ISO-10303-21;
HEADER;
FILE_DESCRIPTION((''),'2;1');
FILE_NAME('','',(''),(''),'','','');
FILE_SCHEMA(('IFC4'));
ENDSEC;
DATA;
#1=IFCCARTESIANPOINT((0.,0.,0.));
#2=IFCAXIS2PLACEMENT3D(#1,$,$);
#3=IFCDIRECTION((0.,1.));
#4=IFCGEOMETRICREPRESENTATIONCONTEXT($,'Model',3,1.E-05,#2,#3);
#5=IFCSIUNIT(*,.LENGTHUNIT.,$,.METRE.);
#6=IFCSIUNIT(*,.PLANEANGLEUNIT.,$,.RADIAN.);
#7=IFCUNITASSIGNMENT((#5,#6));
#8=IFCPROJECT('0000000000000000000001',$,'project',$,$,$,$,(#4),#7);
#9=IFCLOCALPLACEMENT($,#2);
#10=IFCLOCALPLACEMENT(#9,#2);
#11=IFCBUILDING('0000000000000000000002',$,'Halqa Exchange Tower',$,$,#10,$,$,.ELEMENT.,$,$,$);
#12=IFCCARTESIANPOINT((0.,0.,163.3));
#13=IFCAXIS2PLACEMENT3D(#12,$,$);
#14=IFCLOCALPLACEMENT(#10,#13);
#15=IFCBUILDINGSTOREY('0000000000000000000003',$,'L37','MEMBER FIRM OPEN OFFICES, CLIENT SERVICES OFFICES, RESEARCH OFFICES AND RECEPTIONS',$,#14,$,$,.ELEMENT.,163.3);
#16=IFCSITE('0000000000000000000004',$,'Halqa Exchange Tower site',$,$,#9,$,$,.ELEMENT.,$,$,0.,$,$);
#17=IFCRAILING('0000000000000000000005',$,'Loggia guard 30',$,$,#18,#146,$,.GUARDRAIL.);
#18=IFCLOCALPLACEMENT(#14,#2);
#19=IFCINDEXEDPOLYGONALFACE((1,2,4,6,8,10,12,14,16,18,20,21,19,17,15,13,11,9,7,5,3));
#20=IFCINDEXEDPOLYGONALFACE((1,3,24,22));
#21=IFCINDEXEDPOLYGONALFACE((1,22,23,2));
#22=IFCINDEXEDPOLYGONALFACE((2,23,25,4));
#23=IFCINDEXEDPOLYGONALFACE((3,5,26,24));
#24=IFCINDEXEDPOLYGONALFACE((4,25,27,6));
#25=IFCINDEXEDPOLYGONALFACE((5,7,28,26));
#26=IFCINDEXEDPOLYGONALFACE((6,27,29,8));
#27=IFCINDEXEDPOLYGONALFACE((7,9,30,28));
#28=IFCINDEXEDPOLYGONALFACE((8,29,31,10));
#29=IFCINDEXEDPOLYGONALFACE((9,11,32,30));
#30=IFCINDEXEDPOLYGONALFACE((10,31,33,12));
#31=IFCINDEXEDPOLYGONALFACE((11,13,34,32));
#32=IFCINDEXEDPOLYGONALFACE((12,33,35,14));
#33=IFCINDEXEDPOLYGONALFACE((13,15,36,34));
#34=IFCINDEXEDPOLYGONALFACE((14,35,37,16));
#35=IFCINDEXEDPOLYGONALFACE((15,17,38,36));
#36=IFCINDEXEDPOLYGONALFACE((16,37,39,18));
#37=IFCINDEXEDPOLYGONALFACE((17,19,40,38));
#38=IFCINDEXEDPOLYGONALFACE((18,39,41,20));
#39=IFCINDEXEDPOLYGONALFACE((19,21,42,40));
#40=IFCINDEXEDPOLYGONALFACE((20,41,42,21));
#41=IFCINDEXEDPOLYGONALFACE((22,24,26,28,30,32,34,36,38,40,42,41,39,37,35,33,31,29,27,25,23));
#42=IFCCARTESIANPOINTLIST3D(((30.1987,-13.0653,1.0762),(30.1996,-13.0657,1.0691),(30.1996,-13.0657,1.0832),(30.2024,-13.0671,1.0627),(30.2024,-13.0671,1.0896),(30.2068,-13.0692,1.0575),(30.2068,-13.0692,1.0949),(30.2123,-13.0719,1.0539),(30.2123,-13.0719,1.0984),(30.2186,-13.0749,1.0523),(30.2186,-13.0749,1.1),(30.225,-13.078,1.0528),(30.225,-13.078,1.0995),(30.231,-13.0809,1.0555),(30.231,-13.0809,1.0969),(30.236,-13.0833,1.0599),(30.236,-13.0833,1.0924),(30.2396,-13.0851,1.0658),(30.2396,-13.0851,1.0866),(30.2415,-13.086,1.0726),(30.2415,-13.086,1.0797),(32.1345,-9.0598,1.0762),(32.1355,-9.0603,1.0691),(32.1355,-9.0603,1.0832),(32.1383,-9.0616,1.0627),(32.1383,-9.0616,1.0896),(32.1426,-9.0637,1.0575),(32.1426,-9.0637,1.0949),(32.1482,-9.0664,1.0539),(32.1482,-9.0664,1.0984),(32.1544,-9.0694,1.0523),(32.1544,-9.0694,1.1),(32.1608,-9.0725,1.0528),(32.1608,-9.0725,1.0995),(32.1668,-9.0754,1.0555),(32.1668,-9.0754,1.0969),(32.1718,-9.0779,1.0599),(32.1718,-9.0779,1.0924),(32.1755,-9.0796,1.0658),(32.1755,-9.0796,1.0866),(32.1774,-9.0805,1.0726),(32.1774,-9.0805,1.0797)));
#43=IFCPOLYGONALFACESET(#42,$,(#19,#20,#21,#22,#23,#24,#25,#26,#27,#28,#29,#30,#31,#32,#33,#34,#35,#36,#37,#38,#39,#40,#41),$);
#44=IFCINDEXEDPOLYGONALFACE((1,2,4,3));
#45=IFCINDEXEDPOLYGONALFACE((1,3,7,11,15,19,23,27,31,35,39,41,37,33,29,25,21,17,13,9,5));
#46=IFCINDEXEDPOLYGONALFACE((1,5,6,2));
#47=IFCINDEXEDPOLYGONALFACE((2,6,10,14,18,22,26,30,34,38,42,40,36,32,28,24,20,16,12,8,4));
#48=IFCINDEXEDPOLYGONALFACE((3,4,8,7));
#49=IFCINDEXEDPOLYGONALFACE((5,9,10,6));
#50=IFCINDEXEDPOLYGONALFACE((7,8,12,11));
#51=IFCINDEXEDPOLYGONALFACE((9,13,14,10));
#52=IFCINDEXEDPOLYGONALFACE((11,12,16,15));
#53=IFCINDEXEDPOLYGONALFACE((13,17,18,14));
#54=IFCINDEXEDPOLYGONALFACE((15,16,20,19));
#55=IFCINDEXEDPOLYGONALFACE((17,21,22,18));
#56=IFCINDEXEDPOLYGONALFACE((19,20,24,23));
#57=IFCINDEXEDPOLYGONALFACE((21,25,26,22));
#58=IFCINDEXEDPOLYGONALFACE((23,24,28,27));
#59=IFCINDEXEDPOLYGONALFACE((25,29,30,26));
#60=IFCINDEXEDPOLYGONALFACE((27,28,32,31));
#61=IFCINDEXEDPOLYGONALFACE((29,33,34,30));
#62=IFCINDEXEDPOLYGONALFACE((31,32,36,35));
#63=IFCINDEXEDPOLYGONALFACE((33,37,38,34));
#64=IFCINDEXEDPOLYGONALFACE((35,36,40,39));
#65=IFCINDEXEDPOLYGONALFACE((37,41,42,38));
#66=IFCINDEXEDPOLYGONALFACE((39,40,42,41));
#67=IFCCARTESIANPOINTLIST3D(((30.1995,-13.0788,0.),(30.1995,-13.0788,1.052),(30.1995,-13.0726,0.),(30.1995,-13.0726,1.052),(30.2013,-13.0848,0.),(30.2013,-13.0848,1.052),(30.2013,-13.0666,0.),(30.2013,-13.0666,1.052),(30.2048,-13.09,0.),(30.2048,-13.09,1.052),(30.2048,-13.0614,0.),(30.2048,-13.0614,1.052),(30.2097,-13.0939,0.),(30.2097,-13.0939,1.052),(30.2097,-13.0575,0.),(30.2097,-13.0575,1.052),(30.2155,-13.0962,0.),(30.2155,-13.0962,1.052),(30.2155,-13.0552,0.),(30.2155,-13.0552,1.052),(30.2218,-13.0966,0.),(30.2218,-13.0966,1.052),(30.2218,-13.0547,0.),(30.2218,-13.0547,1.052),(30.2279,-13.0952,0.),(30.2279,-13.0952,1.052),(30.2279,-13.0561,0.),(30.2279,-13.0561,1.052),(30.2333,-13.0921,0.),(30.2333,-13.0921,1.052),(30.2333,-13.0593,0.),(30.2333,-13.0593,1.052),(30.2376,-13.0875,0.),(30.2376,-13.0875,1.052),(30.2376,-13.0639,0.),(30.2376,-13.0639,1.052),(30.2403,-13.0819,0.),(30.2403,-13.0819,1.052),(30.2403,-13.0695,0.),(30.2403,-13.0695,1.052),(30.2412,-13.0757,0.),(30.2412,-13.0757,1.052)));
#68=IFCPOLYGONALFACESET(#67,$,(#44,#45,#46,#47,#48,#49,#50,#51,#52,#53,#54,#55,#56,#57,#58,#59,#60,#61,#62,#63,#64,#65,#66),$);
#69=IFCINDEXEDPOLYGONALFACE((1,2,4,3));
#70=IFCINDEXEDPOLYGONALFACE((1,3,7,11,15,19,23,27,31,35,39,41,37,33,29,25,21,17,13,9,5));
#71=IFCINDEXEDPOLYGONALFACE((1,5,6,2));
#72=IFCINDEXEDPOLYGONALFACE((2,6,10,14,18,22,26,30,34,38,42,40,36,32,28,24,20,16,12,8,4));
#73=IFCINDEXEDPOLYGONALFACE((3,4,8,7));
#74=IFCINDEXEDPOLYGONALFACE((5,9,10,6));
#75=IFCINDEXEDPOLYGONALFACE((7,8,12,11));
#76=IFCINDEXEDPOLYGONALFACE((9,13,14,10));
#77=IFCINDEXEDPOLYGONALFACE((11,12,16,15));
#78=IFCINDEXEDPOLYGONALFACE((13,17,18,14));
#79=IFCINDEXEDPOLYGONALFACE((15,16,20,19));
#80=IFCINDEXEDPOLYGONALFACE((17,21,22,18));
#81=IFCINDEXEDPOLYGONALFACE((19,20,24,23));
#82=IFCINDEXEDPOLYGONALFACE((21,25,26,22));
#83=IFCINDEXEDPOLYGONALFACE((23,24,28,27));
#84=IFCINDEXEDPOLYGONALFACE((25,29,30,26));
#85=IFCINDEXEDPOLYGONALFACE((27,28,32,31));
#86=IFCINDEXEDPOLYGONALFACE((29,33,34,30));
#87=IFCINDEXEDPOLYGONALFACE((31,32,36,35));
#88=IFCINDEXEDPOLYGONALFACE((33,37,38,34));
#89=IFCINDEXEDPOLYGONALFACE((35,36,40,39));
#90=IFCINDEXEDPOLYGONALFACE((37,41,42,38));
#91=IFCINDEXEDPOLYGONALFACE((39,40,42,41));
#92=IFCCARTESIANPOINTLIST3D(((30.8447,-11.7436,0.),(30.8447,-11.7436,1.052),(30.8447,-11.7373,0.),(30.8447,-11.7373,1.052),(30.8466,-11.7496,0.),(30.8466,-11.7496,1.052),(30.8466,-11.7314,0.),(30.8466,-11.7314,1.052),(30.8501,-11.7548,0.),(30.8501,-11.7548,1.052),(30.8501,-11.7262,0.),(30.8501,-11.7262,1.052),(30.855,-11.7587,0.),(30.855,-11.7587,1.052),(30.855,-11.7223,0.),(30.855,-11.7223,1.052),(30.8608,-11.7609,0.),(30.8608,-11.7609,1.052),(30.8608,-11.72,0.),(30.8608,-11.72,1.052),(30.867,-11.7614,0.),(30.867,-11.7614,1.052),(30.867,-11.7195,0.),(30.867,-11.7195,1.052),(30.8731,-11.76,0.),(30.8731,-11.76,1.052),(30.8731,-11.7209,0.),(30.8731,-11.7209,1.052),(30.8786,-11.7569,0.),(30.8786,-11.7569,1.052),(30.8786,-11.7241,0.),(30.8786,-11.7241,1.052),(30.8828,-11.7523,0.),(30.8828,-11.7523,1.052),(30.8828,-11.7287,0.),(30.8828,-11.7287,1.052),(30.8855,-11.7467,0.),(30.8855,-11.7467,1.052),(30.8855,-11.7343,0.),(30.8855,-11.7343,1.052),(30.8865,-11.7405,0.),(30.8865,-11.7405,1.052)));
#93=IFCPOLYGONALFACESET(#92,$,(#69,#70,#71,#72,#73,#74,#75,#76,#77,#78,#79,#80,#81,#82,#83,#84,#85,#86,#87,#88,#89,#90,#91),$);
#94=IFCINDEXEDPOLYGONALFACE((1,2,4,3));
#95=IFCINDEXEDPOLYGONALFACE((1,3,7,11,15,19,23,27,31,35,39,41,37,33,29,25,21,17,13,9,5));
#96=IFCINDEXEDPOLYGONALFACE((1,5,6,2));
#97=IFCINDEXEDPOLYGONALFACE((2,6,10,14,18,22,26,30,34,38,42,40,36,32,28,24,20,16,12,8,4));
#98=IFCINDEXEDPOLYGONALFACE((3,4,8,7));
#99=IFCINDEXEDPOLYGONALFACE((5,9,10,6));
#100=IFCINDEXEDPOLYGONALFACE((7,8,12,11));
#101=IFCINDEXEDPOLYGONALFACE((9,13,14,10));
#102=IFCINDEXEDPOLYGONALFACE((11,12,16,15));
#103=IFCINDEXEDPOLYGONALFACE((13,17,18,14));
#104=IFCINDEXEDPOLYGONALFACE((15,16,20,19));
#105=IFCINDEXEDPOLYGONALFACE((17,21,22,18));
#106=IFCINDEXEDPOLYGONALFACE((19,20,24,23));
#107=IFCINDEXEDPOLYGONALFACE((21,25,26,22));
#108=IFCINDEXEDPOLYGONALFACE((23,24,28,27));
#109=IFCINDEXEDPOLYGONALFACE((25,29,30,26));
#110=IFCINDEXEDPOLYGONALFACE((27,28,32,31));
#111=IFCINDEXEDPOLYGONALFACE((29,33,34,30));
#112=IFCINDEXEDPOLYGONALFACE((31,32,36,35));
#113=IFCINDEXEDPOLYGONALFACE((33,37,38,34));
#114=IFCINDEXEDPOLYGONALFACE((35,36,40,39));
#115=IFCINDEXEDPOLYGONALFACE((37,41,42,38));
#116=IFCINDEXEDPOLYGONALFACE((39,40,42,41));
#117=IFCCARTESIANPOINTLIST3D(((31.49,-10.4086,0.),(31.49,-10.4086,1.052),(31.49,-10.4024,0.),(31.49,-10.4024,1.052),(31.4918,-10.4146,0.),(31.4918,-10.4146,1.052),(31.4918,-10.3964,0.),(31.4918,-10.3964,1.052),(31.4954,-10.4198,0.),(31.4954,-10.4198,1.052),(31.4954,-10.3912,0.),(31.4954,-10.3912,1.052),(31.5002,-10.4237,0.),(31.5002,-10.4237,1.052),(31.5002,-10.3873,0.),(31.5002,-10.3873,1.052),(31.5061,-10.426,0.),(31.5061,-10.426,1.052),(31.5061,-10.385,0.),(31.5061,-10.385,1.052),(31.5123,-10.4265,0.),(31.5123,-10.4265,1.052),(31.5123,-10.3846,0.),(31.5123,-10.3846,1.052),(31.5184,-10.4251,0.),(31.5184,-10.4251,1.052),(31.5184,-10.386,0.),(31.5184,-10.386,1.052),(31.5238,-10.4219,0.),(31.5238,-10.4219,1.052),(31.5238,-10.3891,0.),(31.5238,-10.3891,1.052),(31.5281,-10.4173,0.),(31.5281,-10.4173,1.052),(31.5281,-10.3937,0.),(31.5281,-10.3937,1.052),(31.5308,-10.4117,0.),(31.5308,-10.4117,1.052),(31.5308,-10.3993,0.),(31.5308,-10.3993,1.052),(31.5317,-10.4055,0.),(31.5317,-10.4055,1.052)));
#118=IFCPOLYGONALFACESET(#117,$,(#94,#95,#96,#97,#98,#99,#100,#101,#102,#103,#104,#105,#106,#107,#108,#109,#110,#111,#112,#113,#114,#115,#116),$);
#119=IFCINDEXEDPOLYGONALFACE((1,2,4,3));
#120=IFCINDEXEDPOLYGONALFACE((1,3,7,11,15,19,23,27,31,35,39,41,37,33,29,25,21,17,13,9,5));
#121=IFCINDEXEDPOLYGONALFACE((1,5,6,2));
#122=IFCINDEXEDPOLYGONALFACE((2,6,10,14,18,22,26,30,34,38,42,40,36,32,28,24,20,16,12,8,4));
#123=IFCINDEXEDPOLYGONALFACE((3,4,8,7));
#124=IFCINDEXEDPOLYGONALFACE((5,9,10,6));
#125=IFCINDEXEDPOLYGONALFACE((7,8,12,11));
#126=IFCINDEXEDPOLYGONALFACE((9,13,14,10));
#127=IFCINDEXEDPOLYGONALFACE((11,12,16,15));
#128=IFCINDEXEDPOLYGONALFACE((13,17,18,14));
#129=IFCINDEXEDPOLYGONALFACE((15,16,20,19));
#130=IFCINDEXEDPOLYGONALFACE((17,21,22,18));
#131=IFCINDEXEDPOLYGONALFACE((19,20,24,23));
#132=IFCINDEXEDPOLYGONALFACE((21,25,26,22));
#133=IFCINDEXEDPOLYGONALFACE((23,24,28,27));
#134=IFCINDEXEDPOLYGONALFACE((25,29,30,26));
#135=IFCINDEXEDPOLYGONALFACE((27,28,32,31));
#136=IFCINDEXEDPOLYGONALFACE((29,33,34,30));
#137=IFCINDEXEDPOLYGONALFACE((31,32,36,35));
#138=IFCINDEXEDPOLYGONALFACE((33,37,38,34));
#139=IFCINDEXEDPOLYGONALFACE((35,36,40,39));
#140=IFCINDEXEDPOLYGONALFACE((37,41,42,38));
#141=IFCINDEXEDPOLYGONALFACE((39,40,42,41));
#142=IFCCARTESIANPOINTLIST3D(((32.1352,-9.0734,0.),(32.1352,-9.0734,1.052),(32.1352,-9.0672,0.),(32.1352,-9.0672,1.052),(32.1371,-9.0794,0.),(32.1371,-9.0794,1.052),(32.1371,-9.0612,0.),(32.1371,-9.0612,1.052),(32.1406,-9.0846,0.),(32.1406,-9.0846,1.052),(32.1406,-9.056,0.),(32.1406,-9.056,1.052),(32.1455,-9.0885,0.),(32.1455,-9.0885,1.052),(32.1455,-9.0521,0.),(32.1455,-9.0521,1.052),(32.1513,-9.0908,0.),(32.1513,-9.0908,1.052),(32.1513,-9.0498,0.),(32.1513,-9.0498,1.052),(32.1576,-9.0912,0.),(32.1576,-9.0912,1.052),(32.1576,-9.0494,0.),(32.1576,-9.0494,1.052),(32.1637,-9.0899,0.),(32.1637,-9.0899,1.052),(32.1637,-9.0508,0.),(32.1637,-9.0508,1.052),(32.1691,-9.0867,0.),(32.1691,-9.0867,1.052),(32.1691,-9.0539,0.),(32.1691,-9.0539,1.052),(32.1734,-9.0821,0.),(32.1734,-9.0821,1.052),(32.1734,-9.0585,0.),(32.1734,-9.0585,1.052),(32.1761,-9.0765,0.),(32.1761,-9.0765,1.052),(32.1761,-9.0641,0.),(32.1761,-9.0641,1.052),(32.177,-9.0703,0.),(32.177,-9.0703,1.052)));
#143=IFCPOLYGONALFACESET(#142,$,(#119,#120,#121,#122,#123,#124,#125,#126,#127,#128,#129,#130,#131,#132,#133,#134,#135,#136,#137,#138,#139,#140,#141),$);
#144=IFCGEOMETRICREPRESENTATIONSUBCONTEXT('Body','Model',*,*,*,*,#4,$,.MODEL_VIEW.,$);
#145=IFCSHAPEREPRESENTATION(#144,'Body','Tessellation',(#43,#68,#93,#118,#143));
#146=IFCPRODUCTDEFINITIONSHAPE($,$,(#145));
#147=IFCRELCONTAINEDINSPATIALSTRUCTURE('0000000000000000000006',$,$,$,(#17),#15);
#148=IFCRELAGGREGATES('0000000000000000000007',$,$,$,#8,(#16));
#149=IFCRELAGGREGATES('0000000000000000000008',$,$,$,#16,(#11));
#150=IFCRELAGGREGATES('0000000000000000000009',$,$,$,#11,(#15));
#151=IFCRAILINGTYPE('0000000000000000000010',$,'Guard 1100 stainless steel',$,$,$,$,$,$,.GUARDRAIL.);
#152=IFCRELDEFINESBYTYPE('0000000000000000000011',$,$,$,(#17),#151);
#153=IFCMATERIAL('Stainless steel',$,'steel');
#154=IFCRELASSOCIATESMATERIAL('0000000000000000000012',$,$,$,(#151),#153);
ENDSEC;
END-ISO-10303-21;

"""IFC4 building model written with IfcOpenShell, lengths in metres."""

from ifc_helpers import new_model, si_unit, direction, frame, origin, origin_2d, place, context, subcontext, project, spatial, circle, extrude, material, type_object, element, save


model = new_model("IFC4")

# Units and contexts
model_context = context("Model", 3, precision=1e-05, world=origin(), true_north=direction((0.0, 1.0)))
body_context = subcontext(model_context, "Body", "Model", "MODEL_VIEW")
ifc_project = project(units=[si_unit("LENGTHUNIT", "METRE"), si_unit("PLANEANGLEUNIT", "RADIAN")], contexts=[model_context])

# Site, building, storey
site_placement = place(None, origin())
site = spatial("IfcSite", under=ifc_project, at=site_placement, Name="Halqa Exchange Tower site", CompositionType="ELEMENT", RefElevation=0.0)
building_placement = place(site_placement, origin())
building = spatial("IfcBuilding", under=site, at=building_placement, Name="Halqa Exchange Tower", CompositionType="ELEMENT")
storey_placement = place(building_placement, frame((0.0, 0.0, 163.3)))
storey = spatial("IfcBuildingStorey", under=building, at=storey_placement, Name="L37", Description="MEMBER FIRM OPEN OFFICES, CLIENT SERVICES OFFICES, RESEARCH OFFICES AND RECEPTIONS", CompositionType="ELEMENT", Elevation=163.3)

# Railing
ifc_material_1 = material(Name="Stainless steel", Category="steel")
railing_type = type_object("IfcRailingType", Name="Guard 1100 stainless steel", PredefinedType="GUARDRAIL", material=ifc_material_1)
railing_1_placement = place(storey_placement, frame((30.2202, -13.0757, 0.0)))
element("IfcRailing", 1, at=railing_1_placement, inside=storey, type_object=railing_type, Name="Loggia guard 30", PredefinedType="GUARDRAIL", context=body_context, shape_type="SweptSolid", body=[
    extrude(circle(Radius=0.0239, at=origin_2d()), frame((0.0, 0.0, 1.0762), z_axis=(0.435143, 0.900361, 0.0), x_axis=(-0.900361, 0.435143, 0.0)), (0.0, 0.0, 1.0), 4.4487),
    extrude(circle(Radius=0.021, at=origin_2d()), origin(), (0.0, 0.0, 1.0), 1.052),
    extrude(circle(Radius=0.021, at=origin_2d()), frame((0.6453, 1.3352, 0.0)), (0.0, 0.0, 1.0), 1.052),
    extrude(circle(Radius=0.021, at=origin_2d()), frame((1.2905, 2.6702, 0.0)), (0.0, 0.0, 1.0), 1.052),
    extrude(circle(Radius=0.021, at=origin_2d()), frame((1.9358, 4.0054, 0.0)), (0.0, 0.0, 1.0), 1.052),
])

save(model, "model.ifc")
